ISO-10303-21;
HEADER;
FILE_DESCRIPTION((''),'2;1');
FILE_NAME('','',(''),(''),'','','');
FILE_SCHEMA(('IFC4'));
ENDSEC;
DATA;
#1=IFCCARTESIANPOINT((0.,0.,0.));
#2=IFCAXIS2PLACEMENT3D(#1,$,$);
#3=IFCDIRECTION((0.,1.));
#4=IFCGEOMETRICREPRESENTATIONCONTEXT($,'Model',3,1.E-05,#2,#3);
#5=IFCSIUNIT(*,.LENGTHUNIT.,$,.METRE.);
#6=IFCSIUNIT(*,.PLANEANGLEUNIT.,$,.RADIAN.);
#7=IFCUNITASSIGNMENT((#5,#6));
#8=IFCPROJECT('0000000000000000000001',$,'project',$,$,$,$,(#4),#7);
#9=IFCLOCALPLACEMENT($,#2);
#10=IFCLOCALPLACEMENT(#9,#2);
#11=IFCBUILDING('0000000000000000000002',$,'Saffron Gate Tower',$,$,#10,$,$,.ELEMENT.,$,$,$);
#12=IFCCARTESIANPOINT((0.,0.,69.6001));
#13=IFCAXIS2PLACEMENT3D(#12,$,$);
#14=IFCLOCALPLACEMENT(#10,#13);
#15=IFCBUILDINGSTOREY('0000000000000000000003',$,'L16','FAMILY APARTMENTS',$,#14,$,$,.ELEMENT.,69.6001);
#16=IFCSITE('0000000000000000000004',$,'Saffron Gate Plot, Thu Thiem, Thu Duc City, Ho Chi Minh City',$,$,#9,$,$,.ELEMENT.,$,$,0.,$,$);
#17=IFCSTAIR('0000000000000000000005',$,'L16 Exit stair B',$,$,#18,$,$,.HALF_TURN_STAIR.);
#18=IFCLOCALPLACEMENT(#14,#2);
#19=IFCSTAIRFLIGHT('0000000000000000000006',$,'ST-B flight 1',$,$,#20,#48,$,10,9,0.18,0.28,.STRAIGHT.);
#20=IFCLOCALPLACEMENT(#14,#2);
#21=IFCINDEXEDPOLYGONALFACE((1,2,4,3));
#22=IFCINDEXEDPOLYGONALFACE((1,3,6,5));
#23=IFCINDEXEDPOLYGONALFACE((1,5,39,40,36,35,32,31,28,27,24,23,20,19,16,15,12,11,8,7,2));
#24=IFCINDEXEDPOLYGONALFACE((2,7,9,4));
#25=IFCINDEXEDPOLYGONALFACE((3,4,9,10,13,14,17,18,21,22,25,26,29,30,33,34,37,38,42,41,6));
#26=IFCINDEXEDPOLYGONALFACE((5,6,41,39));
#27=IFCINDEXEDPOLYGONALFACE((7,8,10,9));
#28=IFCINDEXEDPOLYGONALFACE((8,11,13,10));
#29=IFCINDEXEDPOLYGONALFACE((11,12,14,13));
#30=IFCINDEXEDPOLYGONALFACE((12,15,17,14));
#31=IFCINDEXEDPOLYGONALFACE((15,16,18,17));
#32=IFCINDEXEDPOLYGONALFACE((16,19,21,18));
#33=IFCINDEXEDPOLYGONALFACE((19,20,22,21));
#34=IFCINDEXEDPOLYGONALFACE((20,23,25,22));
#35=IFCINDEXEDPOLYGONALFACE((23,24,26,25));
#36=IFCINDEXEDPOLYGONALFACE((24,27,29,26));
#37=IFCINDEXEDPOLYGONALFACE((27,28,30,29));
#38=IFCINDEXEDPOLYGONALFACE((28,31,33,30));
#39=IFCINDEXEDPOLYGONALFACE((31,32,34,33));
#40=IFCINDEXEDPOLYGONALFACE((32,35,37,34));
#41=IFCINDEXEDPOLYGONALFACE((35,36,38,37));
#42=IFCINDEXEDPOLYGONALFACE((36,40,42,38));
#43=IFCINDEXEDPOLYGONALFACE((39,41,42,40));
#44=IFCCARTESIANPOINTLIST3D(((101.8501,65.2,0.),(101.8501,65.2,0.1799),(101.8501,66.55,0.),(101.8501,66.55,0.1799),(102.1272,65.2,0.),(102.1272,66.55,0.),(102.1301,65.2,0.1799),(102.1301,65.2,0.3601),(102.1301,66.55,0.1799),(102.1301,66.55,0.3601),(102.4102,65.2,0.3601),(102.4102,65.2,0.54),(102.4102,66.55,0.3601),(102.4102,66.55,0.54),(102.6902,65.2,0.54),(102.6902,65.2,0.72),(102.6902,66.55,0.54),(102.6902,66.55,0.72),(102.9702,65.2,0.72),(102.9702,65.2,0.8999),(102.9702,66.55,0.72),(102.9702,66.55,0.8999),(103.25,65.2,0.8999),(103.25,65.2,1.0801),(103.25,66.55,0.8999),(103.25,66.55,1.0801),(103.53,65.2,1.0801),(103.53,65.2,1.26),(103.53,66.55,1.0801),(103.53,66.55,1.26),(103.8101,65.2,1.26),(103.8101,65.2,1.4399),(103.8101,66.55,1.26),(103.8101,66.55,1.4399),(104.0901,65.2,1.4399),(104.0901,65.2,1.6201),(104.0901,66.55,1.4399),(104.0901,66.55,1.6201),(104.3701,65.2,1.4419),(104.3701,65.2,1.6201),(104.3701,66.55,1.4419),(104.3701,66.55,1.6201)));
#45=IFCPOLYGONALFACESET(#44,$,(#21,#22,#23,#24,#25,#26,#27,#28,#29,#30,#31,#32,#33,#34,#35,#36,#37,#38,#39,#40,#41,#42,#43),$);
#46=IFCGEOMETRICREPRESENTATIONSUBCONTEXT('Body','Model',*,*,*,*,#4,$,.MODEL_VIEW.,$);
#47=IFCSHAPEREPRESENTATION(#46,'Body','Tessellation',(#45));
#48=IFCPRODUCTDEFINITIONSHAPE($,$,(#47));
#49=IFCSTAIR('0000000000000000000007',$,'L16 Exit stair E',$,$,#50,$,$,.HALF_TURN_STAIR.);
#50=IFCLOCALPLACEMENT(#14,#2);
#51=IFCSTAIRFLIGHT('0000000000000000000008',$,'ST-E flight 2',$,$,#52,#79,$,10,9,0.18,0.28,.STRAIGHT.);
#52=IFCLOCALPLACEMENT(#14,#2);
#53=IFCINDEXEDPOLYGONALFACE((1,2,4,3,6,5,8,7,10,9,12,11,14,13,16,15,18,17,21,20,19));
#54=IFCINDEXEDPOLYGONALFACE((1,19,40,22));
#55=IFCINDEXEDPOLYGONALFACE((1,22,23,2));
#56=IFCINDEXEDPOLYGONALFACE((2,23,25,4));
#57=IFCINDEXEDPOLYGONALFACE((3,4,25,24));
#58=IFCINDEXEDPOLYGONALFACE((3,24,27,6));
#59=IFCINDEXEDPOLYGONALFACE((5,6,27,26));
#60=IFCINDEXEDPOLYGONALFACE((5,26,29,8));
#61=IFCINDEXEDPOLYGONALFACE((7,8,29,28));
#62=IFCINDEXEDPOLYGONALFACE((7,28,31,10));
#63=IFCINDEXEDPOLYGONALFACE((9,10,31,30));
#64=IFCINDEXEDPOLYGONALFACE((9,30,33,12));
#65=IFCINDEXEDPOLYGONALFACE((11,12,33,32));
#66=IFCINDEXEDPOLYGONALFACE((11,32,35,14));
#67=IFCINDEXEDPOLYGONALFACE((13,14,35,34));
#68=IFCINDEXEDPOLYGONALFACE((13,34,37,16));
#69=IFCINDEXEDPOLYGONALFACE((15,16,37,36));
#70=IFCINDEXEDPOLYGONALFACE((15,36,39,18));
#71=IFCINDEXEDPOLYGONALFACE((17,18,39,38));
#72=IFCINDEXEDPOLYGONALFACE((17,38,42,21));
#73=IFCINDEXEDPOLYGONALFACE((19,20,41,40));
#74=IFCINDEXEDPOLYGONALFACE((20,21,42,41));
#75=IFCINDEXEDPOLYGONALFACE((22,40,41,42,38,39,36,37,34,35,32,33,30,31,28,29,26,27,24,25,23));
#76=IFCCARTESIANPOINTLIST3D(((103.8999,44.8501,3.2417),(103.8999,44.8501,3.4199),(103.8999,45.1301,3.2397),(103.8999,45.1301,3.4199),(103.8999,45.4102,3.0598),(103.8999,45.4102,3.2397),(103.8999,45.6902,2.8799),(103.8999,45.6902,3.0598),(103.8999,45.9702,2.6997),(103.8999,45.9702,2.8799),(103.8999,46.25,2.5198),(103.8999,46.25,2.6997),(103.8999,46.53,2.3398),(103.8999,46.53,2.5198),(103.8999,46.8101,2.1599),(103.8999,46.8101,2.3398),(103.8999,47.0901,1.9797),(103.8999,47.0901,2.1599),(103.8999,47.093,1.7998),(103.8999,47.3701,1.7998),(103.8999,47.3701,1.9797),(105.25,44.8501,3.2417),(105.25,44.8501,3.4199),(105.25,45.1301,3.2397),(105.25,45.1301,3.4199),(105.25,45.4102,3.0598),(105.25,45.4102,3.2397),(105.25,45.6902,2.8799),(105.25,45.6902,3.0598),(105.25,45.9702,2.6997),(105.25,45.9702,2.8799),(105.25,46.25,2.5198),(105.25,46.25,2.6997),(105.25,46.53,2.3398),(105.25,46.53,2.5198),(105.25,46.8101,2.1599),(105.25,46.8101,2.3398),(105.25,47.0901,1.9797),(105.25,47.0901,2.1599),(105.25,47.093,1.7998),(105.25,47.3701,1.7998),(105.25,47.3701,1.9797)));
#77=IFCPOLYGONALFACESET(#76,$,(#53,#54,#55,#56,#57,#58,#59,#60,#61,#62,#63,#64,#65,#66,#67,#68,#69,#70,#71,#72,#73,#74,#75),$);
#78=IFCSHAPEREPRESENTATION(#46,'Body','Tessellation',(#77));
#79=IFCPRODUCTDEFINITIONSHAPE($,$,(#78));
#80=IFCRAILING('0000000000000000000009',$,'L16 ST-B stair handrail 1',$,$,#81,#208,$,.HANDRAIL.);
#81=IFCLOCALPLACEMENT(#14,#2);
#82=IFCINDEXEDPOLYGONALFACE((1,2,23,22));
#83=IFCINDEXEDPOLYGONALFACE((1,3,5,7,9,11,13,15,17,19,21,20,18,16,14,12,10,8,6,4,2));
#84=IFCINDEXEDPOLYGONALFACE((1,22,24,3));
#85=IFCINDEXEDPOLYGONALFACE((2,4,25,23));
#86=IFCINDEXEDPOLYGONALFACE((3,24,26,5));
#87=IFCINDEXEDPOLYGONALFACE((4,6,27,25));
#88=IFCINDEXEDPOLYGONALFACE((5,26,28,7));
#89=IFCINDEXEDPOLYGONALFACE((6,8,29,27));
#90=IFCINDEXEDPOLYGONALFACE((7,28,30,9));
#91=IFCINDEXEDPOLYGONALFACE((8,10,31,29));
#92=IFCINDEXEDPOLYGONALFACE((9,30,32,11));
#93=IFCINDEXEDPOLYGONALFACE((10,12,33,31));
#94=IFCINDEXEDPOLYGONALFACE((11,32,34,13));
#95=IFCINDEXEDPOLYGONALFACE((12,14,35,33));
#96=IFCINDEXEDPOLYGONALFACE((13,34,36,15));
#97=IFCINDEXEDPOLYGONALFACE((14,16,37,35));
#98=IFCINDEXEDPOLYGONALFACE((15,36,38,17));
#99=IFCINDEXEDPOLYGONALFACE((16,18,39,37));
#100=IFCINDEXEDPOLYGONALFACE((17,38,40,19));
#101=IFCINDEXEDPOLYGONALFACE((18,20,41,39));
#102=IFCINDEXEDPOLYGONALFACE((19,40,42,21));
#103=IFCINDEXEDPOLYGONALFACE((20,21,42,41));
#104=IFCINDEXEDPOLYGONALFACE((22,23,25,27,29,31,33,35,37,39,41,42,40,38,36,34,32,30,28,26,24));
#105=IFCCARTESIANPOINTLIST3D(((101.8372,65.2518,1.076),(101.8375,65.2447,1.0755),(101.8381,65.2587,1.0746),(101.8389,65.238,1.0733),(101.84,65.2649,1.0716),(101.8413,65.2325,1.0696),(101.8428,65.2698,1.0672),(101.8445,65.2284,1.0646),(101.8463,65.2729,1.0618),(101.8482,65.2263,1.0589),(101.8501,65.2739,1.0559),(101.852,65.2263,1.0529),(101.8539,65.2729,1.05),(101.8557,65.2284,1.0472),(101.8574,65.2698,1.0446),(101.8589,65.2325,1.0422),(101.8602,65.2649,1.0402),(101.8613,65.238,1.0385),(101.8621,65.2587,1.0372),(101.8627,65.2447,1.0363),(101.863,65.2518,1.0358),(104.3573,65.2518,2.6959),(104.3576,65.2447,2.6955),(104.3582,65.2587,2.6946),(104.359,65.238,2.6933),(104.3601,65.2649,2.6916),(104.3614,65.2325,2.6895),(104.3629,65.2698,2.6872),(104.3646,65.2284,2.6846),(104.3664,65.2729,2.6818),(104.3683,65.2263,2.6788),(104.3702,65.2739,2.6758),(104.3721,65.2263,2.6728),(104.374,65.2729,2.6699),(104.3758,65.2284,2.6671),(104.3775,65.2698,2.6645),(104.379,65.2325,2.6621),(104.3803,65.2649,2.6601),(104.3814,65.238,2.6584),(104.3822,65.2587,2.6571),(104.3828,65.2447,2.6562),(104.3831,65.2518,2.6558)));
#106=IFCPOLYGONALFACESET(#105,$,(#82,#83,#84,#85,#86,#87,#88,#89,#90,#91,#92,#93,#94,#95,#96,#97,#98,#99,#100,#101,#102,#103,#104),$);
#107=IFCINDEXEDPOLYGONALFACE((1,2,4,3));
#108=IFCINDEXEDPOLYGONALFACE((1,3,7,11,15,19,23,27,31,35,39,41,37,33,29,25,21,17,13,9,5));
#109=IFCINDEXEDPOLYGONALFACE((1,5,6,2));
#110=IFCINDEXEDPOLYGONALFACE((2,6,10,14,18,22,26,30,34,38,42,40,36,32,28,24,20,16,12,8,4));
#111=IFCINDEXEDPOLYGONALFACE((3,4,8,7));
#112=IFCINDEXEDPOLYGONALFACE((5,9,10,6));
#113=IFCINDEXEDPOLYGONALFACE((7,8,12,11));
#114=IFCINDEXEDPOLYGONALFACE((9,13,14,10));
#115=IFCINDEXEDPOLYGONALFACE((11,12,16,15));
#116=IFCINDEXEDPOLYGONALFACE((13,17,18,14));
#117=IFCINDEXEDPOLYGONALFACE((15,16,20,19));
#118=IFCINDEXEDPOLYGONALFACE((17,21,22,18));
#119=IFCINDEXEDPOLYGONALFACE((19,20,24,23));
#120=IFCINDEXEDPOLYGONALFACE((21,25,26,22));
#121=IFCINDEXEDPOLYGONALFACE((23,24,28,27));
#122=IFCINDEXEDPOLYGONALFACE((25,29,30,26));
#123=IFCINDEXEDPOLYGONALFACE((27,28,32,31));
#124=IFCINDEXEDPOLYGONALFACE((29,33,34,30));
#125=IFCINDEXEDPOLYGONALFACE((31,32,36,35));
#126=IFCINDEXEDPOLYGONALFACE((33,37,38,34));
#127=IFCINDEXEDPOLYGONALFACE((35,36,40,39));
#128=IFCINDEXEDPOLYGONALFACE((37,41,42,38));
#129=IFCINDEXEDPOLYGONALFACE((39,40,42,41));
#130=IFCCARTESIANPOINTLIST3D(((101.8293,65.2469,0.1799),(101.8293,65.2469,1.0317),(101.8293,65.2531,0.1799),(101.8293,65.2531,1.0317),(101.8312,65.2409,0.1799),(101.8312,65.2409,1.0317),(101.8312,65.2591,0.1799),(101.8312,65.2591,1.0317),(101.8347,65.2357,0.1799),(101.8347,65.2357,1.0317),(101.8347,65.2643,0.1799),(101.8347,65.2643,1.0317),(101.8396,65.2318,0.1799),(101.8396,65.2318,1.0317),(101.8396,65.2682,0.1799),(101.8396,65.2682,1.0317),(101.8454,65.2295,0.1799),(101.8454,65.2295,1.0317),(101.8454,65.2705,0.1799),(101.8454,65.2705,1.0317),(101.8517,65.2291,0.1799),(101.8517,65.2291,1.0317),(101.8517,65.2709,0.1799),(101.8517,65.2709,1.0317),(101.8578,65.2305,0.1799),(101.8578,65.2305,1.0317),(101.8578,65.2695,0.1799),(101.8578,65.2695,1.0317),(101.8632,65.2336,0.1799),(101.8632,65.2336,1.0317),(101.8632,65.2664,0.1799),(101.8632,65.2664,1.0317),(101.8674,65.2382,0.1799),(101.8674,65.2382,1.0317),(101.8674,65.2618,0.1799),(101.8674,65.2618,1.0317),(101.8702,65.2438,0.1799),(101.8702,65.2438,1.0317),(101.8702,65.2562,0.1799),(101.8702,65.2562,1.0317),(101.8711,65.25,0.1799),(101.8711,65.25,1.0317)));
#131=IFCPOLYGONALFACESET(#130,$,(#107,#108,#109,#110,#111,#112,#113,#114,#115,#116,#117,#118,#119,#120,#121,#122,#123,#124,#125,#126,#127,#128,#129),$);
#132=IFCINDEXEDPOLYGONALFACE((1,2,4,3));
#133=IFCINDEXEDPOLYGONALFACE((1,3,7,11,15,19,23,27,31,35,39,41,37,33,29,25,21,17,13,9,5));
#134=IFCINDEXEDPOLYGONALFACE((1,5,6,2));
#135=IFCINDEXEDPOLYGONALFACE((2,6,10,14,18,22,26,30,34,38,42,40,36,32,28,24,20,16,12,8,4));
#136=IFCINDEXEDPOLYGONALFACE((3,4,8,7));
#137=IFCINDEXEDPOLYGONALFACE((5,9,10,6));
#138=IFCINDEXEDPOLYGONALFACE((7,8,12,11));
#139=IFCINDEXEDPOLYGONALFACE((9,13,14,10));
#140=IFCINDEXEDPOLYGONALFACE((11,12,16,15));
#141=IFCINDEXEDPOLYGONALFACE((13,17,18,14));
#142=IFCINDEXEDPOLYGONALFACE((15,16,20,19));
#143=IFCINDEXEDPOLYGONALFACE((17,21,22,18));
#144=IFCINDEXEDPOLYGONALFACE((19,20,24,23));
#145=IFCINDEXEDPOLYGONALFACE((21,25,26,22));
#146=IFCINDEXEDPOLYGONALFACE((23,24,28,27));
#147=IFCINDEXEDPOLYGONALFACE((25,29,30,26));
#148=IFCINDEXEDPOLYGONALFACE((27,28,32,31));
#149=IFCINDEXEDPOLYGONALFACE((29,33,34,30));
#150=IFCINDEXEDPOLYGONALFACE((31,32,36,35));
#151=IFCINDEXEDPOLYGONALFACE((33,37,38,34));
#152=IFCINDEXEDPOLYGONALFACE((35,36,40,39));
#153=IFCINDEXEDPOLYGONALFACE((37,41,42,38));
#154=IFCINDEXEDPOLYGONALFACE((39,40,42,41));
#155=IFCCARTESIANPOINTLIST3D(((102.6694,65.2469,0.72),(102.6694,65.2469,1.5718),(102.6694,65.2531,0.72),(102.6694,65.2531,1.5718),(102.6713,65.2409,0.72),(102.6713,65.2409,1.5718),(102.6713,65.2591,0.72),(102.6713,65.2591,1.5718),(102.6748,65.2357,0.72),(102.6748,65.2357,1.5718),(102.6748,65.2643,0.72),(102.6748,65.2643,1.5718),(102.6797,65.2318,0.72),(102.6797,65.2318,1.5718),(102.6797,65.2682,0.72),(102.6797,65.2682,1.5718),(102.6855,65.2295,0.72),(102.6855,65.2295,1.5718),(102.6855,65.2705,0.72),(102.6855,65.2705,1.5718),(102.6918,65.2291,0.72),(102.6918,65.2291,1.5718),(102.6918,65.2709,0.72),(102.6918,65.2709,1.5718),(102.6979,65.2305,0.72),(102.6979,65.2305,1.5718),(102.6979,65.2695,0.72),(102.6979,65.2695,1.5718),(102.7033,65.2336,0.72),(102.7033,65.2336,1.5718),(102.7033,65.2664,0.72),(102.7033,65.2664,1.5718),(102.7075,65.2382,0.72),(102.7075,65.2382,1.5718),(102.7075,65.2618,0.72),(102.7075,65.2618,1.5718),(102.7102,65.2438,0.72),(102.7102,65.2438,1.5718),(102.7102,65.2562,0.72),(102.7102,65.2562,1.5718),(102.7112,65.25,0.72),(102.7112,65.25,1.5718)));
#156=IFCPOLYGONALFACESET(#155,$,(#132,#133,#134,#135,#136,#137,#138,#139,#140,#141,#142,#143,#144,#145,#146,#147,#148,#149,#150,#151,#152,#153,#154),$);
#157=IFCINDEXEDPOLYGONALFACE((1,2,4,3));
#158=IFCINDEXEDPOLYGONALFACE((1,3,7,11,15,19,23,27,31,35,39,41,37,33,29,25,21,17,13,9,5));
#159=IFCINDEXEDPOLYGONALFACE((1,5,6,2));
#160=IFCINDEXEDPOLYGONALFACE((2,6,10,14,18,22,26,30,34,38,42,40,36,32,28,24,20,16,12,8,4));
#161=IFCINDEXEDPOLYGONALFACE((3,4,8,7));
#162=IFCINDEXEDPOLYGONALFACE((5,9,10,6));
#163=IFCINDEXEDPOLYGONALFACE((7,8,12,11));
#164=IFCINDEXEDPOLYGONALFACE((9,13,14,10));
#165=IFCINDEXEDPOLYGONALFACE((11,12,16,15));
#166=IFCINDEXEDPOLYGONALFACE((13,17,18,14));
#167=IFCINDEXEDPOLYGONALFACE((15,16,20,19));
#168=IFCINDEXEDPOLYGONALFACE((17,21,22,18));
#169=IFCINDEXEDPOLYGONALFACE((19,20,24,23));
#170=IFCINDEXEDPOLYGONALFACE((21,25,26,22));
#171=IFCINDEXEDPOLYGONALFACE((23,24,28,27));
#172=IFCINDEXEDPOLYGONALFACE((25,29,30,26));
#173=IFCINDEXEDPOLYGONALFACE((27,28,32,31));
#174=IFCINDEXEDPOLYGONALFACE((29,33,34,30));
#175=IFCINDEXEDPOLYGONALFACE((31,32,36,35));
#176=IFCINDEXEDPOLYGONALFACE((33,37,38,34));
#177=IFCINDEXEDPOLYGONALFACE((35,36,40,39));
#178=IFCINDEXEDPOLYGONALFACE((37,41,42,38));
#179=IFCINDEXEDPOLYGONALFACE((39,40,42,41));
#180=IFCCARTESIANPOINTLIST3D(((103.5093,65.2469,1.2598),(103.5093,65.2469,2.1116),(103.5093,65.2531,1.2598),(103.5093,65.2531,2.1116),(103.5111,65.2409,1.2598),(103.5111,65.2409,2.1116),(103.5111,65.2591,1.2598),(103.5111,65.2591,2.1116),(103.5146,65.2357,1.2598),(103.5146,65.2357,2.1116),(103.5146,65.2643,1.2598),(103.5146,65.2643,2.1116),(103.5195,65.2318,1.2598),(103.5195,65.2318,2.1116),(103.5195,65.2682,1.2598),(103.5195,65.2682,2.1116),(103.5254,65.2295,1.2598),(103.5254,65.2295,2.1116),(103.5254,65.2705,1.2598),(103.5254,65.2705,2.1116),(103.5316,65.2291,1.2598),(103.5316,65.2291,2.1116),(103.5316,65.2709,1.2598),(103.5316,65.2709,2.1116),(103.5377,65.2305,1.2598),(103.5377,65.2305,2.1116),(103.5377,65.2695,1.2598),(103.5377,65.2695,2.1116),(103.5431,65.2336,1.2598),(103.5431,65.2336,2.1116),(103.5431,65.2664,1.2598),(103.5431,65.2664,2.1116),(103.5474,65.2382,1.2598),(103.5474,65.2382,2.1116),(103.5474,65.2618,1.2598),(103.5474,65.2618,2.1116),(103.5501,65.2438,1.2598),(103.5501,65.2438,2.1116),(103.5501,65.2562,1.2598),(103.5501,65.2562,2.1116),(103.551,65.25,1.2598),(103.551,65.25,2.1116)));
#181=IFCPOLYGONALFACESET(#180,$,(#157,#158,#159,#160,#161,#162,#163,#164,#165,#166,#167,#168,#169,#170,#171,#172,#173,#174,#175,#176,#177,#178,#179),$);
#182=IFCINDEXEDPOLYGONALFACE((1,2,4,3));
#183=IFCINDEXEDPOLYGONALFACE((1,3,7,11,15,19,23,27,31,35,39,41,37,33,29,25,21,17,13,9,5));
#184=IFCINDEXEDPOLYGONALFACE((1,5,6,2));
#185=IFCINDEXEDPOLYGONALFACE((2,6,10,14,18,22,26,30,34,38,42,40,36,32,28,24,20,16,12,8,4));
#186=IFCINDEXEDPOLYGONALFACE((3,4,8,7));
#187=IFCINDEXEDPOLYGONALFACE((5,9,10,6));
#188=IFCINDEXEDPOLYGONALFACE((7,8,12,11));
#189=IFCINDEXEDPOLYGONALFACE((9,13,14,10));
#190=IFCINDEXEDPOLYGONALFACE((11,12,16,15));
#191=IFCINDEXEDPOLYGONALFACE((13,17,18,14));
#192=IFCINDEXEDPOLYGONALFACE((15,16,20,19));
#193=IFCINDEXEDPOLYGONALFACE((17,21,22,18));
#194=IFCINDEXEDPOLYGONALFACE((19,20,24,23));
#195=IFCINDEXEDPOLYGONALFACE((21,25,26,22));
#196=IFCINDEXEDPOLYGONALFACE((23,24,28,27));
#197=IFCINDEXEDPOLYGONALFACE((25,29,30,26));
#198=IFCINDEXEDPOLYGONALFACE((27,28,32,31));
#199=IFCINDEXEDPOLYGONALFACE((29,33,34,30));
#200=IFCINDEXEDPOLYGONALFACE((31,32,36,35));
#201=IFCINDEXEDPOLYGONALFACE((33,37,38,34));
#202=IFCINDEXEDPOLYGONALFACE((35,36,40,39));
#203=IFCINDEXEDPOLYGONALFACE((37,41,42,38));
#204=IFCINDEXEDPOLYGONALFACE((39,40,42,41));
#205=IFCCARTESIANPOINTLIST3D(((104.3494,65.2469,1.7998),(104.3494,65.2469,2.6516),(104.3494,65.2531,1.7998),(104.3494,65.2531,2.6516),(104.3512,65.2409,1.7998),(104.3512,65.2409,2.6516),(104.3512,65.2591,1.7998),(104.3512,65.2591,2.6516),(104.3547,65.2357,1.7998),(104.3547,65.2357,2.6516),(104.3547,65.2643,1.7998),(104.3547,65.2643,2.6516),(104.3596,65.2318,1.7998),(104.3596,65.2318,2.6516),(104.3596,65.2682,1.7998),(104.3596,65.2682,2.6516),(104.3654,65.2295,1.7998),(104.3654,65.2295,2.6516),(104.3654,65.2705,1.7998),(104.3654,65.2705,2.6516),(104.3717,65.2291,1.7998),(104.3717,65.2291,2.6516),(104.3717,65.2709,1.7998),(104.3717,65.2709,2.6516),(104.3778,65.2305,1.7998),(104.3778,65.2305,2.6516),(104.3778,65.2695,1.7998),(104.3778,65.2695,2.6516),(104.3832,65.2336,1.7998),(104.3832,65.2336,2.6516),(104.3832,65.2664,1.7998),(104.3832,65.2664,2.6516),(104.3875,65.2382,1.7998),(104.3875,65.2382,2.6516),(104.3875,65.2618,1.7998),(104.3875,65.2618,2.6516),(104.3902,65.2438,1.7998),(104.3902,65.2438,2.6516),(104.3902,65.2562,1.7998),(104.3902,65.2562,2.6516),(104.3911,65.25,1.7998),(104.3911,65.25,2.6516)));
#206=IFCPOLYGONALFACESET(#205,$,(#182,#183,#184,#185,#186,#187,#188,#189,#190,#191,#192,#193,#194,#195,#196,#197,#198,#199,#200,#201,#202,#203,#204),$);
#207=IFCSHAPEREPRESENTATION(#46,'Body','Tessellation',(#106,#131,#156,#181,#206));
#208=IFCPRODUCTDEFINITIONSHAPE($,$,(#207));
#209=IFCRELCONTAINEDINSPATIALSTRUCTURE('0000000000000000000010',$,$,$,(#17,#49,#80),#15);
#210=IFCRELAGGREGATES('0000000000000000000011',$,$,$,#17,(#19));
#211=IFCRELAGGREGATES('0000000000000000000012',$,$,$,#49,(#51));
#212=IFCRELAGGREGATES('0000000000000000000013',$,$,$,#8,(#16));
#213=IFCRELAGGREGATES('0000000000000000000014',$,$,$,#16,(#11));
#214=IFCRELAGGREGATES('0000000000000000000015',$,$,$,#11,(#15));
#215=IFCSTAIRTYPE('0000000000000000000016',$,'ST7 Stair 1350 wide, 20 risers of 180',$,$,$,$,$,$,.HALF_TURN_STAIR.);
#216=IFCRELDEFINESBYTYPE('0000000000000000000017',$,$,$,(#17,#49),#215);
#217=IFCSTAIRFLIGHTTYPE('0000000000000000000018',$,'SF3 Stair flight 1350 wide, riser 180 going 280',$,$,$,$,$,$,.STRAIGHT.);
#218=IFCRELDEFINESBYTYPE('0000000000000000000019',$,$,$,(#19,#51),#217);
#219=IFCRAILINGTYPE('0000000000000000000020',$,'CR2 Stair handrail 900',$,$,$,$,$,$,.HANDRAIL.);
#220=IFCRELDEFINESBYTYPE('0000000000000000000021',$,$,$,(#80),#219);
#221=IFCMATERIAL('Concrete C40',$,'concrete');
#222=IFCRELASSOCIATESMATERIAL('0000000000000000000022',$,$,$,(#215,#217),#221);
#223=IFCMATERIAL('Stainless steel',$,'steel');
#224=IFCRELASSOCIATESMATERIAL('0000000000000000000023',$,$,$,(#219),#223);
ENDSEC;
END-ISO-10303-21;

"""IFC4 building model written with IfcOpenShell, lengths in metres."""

from ifc_helpers import new_model, si_unit, direction, frame, origin, origin_2d, place, context, subcontext, project, spatial, polyline, circle, outline, extrude, material, type_object, element, aggregate, save


model = new_model("IFC4")

# Units and contexts
model_context = context("Model", 3, precision=1e-05, world=origin(), true_north=direction((0.0, 1.0)))
body_context = subcontext(model_context, "Body", "Model", "MODEL_VIEW")
ifc_project = project(units=[si_unit("LENGTHUNIT", "METRE"), si_unit("PLANEANGLEUNIT", "RADIAN")], contexts=[model_context])

# Site, building, storey
site_placement = place(None, origin())
site = spatial("IfcSite", under=ifc_project, at=site_placement, Name="Saffron Gate Plot, Thu Thiem, Thu Duc City, Ho Chi Minh City", CompositionType="ELEMENT", RefElevation=0.0)
building_placement = place(site_placement, origin())
building = spatial("IfcBuilding", under=site, at=building_placement, Name="Saffron Gate Tower", CompositionType="ELEMENT")
storey_placement = place(building_placement, frame((0.0, 0.0, 69.6001)))
storey = spatial("IfcBuildingStorey", under=building, at=storey_placement, Name="L16", Description="FAMILY APARTMENTS", CompositionType="ELEMENT", Elevation=69.6001)

# Stairs, stair flights
ifc_material_1 = material(Name="Concrete C40", Category="concrete")
stair_type = type_object("IfcStairType", Name="ST7 Stair 1350 wide, 20 risers of 180", PredefinedType="HALF_TURN_STAIR", material=ifc_material_1)
stair_1_placement = place(storey_placement, origin())
stair_1 = element("IfcStair", 1, at=stair_1_placement, inside=storey, type_object=stair_type, Name="L16 Exit stair B", PredefinedType="HALF_TURN_STAIR")
stair_flight_type = type_object("IfcStairFlightType", Name="SF3 Stair flight 1350 wide, riser 180 going 280", PredefinedType="STRAIGHT", material=ifc_material_1)
stair_flight_1_placement = place(storey_placement, frame((101.8501, 65.875, 0.0), z_axis=(0.0, 0.0, 1.0), x_axis=(1.0, 0.0, 0.0)))
stair_flight_1 = element("IfcStairFlight", 2, at=stair_flight_1_placement, type_object=stair_flight_type, Name="ST-B flight 1", NumberOfRisers=10, NumberOfTreads=9, PredefinedType="STRAIGHT", RiserHeight=0.18, TreadLength=0.28, context=body_context, shape_type="SweptSolid", body=[
    extrude(outline(polyline([(0.0, 0.0), (0.0, 0.1799), (0.28, 0.1799), (0.28, 0.3601), (0.5601, 0.3601), (0.5601, 0.54), (0.8401, 0.54), (0.8401, 0.72), (1.1201, 0.72), (1.1201, 0.8999), (1.3999, 0.8999), (1.3999, 1.0801), (1.6799, 1.0801), (1.6799, 1.26), (1.96, 1.26), (1.96, 1.4399), (2.24, 1.4399), (2.24, 1.6201), (2.52, 1.6201), (2.52, 1.8), (2.52, 1.4419), (0.2771, 0.0), (0.0, 0.0)])), frame((0.0, 0.675, 0.0), z_axis=(0.0, -1.0, 0.0), x_axis=(1.0, 0.0, 0.0)), (0.0, 0.0, 1.0), 1.3501),
])
aggregate(stair_1, [stair_flight_1])
stair_2_placement = place(storey_placement, origin())
stair_2 = element("IfcStair", 3, at=stair_2_placement, inside=storey, type_object=stair_type, Name="L16 Exit stair E", PredefinedType="HALF_TURN_STAIR")
stair_flight_2_placement = place(storey_placement, frame((104.575, 47.3701, 1.7998), z_axis=(0.0, 0.0, 1.0), x_axis=(0.0, -1.0, 0.0)))
stair_flight_2 = element("IfcStairFlight", 4, at=stair_flight_2_placement, type_object=stair_flight_type, Name="ST-E flight 2", NumberOfRisers=10, NumberOfTreads=9, PredefinedType="STRAIGHT", RiserHeight=0.18, TreadLength=0.28, context=body_context, shape_type="SweptSolid", body=[
    extrude(outline(polyline([(0.0, 0.0), (0.0, 0.1799), (0.28, 0.1799), (0.28, 0.3601), (0.5601, 0.3601), (0.5601, 0.54), (0.8401, 0.54), (0.8401, 0.72), (1.1201, 0.72), (1.1201, 0.8999), (1.3999, 0.8999), (1.3999, 1.0801), (1.6799, 1.0801), (1.6799, 1.26), (1.96, 1.26), (1.96, 1.4399), (2.24, 1.4399), (2.24, 1.6201), (2.52, 1.6201), (2.52, 1.8), (2.52, 1.4419), (0.2771, 0.0), (0.0, 0.0)])), frame((0.0, 0.675, 0.0), z_axis=(0.0, -1.0, 0.0), x_axis=(1.0, 0.0, 0.0)), (0.0, 0.0, 1.0), 1.3501),
])
aggregate(stair_2, [stair_flight_2])

# Railing
ifc_material_2 = material(Name="Stainless steel", Category="steel")
railing_type_1 = type_object("IfcRailingType", Name="CR2 Stair handrail 900", PredefinedType="HANDRAIL", material=ifc_material_2)
railing_1_placement = place(storey_placement, frame((101.8501, 65.25, 0.1799)))
element("IfcRailing", 5, at=railing_1_placement, inside=storey, type_object=railing_type_1, Name="L16 ST-B stair handrail 1", PredefinedType="HANDRAIL", context=body_context, shape_type="SweptSolid", body=[
    extrude(circle(Radius=0.0239, at=origin_2d()), frame((0.0, 0.0, 0.876), z_axis=(0.8412, 0.0, 0.540725), x_axis=(0.0, 1.0, 0.0)), (0.0, 0.0, 1.0), 2.9958),
    extrude(circle(Radius=0.021, at=origin_2d()), origin(), (0.0, 0.0, 1.0), 0.8518),
    extrude(circle(Radius=0.021, at=origin_2d()), frame((0.8401, 0.0, 0.54)), (0.0, 0.0, 1.0), 0.8518),
    extrude(circle(Radius=0.021, at=origin_2d()), frame((1.6799, 0.0, 1.0798)), (0.0, 0.0, 1.0), 0.8518),
    extrude(circle(Radius=0.021, at=origin_2d()), frame((2.52, 0.0, 1.6199)), (0.0, 0.0, 1.0), 0.8518),
])

save(model, "model.ifc")
